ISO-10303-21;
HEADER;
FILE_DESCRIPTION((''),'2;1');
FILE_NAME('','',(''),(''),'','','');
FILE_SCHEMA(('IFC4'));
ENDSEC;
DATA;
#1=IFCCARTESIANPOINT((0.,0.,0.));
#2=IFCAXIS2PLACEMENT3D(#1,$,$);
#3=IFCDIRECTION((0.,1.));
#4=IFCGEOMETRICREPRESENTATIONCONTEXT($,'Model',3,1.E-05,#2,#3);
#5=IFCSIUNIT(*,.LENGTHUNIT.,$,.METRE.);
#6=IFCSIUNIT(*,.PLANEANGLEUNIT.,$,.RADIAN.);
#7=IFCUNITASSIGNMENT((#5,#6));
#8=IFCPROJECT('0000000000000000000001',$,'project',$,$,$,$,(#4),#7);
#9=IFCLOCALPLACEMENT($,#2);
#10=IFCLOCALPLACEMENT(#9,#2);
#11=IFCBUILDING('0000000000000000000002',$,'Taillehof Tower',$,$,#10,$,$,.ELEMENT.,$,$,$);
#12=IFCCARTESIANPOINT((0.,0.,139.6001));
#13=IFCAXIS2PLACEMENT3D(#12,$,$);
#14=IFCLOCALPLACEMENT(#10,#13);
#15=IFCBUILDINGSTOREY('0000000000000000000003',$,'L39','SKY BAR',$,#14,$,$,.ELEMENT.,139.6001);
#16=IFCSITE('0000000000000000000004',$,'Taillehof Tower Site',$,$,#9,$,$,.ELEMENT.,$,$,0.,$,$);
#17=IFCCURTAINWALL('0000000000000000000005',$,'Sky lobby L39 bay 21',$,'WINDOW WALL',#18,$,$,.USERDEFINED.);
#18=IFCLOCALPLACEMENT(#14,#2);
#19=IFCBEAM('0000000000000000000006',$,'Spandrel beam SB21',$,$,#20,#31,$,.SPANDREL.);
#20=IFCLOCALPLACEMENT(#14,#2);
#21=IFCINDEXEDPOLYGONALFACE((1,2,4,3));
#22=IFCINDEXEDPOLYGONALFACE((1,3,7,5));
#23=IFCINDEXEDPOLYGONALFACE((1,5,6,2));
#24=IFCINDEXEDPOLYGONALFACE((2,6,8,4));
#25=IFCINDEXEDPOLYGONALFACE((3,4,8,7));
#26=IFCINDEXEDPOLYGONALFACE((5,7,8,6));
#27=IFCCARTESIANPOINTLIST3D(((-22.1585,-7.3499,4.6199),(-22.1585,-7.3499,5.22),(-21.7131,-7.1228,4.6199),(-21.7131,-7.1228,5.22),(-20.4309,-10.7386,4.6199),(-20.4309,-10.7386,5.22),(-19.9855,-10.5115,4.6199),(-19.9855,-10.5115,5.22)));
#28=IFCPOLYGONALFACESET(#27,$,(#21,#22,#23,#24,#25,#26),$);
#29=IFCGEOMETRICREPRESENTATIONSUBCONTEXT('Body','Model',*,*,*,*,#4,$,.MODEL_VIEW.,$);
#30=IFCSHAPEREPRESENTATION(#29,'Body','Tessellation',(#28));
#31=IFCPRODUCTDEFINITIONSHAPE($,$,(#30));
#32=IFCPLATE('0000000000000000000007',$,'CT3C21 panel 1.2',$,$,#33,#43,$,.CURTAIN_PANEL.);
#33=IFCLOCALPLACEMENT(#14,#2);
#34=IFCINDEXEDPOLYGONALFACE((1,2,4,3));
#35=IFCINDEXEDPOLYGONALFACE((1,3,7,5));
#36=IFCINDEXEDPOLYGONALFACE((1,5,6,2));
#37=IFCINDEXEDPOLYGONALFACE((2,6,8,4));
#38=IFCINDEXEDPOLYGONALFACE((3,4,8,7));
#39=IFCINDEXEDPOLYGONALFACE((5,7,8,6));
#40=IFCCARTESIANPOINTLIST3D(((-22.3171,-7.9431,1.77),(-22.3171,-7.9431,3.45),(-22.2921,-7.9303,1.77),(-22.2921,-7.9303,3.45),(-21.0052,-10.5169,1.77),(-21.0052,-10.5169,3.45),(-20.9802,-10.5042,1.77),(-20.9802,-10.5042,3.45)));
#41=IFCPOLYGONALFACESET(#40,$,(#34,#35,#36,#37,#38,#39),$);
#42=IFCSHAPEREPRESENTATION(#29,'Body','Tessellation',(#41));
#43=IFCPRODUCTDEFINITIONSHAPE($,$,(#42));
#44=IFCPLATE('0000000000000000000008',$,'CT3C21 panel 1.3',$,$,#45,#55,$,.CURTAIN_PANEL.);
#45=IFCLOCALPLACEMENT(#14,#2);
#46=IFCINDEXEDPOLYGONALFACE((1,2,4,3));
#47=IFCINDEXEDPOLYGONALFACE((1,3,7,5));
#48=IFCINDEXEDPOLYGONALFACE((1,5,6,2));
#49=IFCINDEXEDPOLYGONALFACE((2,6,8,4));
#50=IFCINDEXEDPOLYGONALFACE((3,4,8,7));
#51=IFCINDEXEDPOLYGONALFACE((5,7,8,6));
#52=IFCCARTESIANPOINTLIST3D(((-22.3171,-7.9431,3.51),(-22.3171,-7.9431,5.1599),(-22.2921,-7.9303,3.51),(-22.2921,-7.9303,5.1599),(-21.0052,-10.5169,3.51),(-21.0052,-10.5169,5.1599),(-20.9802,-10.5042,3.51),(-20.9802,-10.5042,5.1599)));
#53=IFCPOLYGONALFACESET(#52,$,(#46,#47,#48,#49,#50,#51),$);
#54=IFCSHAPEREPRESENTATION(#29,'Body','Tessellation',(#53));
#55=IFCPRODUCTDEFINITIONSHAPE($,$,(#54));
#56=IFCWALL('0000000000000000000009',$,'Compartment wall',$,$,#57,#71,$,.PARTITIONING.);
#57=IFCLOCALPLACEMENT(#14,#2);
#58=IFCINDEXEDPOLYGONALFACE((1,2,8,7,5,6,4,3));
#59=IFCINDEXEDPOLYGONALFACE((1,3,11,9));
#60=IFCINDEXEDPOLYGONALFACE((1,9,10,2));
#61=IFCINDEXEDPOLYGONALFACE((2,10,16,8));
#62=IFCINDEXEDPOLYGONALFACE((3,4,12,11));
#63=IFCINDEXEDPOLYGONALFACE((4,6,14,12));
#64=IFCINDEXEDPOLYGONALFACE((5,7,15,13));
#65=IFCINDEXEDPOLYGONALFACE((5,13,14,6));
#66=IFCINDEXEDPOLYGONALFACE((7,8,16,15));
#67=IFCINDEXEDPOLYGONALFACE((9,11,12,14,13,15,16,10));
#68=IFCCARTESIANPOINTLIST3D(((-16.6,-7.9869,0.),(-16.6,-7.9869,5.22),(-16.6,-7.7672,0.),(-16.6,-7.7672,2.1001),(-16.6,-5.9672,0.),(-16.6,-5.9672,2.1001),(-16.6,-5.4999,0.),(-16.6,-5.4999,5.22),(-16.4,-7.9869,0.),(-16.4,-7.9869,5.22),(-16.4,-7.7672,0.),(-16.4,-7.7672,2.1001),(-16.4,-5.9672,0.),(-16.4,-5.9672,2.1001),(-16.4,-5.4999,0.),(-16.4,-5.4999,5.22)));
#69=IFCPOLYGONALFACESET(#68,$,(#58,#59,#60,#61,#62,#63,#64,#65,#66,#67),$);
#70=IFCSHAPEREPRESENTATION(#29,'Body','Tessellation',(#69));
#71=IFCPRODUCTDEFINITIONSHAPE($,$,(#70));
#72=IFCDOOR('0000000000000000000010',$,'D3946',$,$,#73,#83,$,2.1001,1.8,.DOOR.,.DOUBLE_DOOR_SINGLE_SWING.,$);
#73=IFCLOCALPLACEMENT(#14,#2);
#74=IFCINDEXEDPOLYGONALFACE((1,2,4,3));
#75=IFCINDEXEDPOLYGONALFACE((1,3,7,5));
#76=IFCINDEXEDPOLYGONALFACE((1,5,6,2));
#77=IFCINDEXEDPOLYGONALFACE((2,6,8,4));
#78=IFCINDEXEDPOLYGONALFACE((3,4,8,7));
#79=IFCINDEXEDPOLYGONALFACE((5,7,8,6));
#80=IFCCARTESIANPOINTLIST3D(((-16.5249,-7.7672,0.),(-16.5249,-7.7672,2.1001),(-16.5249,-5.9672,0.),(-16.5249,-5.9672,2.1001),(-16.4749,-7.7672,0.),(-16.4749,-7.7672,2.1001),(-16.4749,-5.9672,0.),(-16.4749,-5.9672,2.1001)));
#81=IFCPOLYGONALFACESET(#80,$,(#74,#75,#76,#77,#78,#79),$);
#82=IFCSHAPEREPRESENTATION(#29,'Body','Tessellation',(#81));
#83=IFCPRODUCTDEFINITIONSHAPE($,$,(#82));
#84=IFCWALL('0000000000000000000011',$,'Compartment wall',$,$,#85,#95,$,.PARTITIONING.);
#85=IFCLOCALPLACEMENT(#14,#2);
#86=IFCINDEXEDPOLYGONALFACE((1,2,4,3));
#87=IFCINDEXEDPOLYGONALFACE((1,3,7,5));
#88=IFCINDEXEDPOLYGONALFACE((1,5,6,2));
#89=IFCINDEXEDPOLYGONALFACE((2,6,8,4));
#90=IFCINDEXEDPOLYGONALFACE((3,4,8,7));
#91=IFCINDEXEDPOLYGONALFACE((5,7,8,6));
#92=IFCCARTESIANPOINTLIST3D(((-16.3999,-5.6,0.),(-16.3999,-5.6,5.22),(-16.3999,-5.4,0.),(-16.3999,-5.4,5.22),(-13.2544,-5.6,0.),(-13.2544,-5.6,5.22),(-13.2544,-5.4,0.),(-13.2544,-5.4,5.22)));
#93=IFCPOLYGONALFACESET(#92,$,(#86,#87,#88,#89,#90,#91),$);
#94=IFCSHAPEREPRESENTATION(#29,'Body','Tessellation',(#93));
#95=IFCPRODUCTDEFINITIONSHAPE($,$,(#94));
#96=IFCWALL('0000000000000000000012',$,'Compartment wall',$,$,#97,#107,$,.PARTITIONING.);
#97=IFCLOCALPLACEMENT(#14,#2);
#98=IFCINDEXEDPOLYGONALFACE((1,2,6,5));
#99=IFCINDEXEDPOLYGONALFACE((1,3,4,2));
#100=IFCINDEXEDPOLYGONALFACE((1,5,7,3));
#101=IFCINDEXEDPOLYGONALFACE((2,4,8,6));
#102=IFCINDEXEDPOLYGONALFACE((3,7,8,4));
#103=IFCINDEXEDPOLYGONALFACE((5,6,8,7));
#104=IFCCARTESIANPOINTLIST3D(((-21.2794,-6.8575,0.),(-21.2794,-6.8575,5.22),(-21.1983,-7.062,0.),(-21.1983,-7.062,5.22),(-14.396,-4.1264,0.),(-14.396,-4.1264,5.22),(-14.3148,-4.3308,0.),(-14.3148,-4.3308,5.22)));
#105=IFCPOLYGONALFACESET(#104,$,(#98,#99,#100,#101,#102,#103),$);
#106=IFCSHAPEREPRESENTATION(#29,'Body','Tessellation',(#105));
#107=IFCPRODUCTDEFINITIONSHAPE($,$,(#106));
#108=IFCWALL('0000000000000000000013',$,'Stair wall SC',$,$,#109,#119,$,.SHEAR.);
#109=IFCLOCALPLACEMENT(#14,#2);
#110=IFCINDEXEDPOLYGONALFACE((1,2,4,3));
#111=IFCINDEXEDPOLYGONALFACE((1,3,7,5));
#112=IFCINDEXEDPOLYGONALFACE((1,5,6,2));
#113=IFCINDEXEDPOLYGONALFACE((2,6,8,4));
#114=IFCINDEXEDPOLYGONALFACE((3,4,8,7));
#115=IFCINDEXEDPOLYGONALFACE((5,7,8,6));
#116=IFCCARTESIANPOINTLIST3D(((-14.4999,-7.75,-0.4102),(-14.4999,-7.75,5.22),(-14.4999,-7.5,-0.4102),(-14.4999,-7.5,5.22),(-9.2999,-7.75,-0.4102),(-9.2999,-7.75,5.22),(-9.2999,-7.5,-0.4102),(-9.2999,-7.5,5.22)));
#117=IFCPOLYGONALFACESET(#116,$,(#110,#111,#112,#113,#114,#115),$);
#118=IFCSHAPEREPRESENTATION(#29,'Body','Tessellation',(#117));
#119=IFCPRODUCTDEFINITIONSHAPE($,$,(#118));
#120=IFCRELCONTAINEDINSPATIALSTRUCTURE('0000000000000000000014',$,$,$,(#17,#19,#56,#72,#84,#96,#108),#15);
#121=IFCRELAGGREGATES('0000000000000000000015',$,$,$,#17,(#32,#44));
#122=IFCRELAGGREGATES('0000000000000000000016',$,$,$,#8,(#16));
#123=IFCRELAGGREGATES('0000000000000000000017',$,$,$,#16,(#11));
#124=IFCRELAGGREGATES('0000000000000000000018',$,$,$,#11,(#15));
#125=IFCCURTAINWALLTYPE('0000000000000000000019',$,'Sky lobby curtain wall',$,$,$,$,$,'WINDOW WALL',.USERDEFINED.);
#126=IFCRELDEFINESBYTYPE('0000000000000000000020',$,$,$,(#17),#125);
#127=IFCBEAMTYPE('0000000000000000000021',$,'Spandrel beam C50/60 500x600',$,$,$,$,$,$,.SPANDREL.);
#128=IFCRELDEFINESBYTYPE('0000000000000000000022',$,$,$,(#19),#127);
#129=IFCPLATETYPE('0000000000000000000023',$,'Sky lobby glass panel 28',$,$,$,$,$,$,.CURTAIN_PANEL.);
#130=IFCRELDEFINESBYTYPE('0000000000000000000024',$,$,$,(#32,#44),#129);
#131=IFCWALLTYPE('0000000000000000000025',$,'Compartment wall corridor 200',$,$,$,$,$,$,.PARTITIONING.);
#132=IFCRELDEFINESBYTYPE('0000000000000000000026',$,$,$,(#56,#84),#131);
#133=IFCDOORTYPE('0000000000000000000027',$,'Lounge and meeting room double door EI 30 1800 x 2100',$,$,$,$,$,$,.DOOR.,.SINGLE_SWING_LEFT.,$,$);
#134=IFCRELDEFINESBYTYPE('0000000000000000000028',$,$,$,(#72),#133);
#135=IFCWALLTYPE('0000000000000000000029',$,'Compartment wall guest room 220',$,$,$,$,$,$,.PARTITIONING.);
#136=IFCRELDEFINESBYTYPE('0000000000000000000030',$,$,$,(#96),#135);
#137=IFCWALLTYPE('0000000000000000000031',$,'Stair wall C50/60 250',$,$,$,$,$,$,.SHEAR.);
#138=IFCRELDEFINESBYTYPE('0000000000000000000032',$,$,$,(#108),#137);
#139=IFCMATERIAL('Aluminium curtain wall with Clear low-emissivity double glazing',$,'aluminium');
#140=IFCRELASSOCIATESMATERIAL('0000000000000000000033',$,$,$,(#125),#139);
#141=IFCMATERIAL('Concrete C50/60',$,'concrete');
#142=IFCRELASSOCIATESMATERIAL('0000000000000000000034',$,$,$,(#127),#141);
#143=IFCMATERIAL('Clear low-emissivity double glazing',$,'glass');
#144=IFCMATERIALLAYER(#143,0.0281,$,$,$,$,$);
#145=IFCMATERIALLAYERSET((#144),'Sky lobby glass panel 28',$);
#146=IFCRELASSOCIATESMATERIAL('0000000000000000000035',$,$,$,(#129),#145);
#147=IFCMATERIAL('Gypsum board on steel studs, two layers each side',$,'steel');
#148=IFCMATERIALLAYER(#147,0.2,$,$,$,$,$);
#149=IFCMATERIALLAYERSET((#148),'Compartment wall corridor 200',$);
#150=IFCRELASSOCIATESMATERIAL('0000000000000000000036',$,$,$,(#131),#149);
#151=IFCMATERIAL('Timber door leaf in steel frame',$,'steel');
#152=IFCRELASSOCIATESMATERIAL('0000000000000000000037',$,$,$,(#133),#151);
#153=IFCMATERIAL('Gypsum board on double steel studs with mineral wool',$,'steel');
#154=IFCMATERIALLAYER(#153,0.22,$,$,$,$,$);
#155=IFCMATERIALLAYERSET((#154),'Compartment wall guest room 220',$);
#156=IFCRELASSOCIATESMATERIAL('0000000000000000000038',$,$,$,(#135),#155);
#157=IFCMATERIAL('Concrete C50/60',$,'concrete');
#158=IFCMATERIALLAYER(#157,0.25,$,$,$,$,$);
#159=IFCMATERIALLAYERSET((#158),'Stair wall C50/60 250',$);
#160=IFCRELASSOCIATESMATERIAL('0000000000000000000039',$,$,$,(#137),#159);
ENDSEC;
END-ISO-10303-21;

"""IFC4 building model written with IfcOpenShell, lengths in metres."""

from ifc_helpers import new_model, si_unit, direction, frame, frame_2d, origin, origin_2d, place, context, subcontext, project, spatial, rectangle, extrude, material, layer, layer_set, material_profile, profile_set, type_object, element, fill, aggregate, save


model = new_model("IFC4")

# Units and contexts
model_context = context("Model", 3, precision=1e-05, world=origin(), true_north=direction((0.0, 1.0)))
body_context = subcontext(model_context, "Body", "Model", "MODEL_VIEW")
ifc_project = project(units=[si_unit("LENGTHUNIT", "METRE"), si_unit("PLANEANGLEUNIT", "RADIAN")], contexts=[model_context])

# Site, building, storey
site_placement = place(None, origin())
site = spatial("IfcSite", under=ifc_project, at=site_placement, Name="Taillehof Tower Site", CompositionType="ELEMENT", RefElevation=0.0)
building_placement = place(site_placement, origin())
building = spatial("IfcBuilding", under=site, at=building_placement, Name="Taillehof Tower", CompositionType="ELEMENT")
storey_placement = place(building_placement, frame((0.0, 0.0, 139.6001)))
storey = spatial("IfcBuildingStorey", under=building, at=storey_placement, Name="L39", Description="SKY BAR", CompositionType="ELEMENT", Elevation=139.6001)

# Shared definitions
ifc_material_1 = material(Name="Aluminium curtain wall with Clear low-emissivity double glazing", Category="aluminium")
curtain_wall_type = type_object("IfcCurtainWallType", Name="Sky lobby curtain wall", ElementType="WINDOW WALL", PredefinedType="USERDEFINED", material=ifc_material_1)

# Curtain wall
curtain_wall_1_placement = place(storey_placement, origin())
curtain_wall_1 = element("IfcCurtainWall", 1, at=curtain_wall_1_placement, inside=storey, type_object=curtain_wall_type, Name="Sky lobby L39 bay 21", ObjectType="WINDOW WALL", PredefinedType="USERDEFINED")

# Beam
ifc_material_2 = material(Name="Concrete C50/60", Category="concrete")
ifc_material_profile_1 = material_profile(ifc_material_2, rectangle(XDim=0.5, YDim=0.6001, at=origin_2d()), Name="RC 500x600")
ifc_profile_set_1 = profile_set([ifc_material_profile_1], Name="Concrete C50/60")
beam_type_1 = type_object("IfcBeamType", Name="Spandrel beam C50/60 500x600", PredefinedType="SPANDREL", material=ifc_profile_set_1)
beam_1_placement = place(storey_placement, frame((-21.9358, -7.2363, 4.9199), z_axis=(0.454183, -0.890908, 0.0), x_axis=(0.890908, 0.454183, 0.0)))
element("IfcBeam", 2, at=beam_1_placement, inside=storey, type_object=beam_type_1, Name="Spandrel beam SB21", PredefinedType="SPANDREL", context=body_context, shape_type="SweptSolid", body=[
    extrude(rectangle(XDim=0.5, YDim=0.6001, at=origin_2d()), origin(), (0.0, 0.0, 1.0), 3.8037),
])

# Plates
ifc_material_3 = material(Name="Clear low-emissivity double glazing", Category="glass")
ifc_layer_1 = layer(ifc_material_3, 0.0281)
ifc_layer_set_1 = layer_set([ifc_layer_1], Name="Sky lobby glass panel 28")
plate_type = type_object("IfcPlateType", Name="Sky lobby glass panel 28", PredefinedType="CURTAIN_PANEL", material=ifc_layer_set_1)
plate_1_placement = place(storey_placement, frame((-21.6487, -9.2236, 1.77), z_axis=(0.0, 0.0, 1.0), x_axis=(0.454121, -0.89094, 0.0)))
plate_1 = element("IfcPlate", 3, at=plate_1_placement, type_object=plate_type, Name="CT3C21 panel 1.2", PredefinedType="CURTAIN_PANEL", context=body_context, shape_type="SweptSolid", body=[
    extrude(rectangle(XDim=2.8889, YDim=0.0281, at=origin_2d()), origin(), (0.0, 0.0, 1.0), 1.6799),
])
plate_2_placement = place(storey_placement, frame((-21.6487, -9.2236, 3.51), z_axis=(0.0, 0.0, 1.0), x_axis=(0.454121, -0.89094, 0.0)))
plate_2 = element("IfcPlate", 4, at=plate_2_placement, type_object=plate_type, Name="CT3C21 panel 1.3", PredefinedType="CURTAIN_PANEL", context=body_context, shape_type="SweptSolid", body=[
    extrude(rectangle(XDim=2.8889, YDim=0.0281, at=origin_2d()), origin(), (0.0, 0.0, 1.0), 1.6499),
])
aggregate(curtain_wall_1, [plate_1, plate_2])

# Wall, opening, door
ifc_material_4 = material(Name="Gypsum board on steel studs, two layers each side", Category="steel")
ifc_layer_2 = layer(ifc_material_4, 0.2)
ifc_layer_set_2 = layer_set([ifc_layer_2], Name="Compartment wall corridor 200")
wall_type_1 = type_object("IfcWallType", Name="Compartment wall corridor 200", PredefinedType="PARTITIONING", material=ifc_layer_set_2)
wall_1_placement = place(storey_placement, frame((-16.5, -7.9871, 0.0), z_axis=(0.0, 0.0, 1.0), x_axis=(0.0, 1.0, 0.0)))
wall_1 = element("IfcWall", 5, at=wall_1_placement, inside=storey, type_object=wall_type_1, Name="Compartment wall", PredefinedType="PARTITIONING", context=body_context, shape_type="SweptSolid", body=[
    extrude(rectangle(XDim=2.4871, YDim=0.2, at=frame_2d((1.2437, 0.0))), origin(), (0.0, 0.0, 1.0), 5.22),
])
opening_placement = place(wall_1_placement, frame((0.22, 0.0, 0.0)))
opening = element("IfcOpeningElement", 6, at=opening_placement, cuts=wall_1, PredefinedType="OPENING", context=body_context, shape_type="SweptSolid", body=[
    extrude(rectangle(XDim=1.8, YDim=2.1001, at=frame_2d((0.8999, 1.05))), frame((0.0, 0.1099, 0.0), z_axis=(0.0, -1.0, 0.0), x_axis=(1.0, 0.0, 0.0)), (0.0, 0.0, 1.0), 0.22),
])
ifc_material_5 = material(Name="Timber door leaf in steel frame", Category="steel")
door_type = type_object("IfcDoorType", Name="Lounge and meeting room double door EI 30 1800 x 2100", OperationType="SINGLE_SWING_LEFT", PredefinedType="DOOR", material=ifc_material_5)
door_placement = place(opening_placement, origin())
door = element("IfcDoor", 7, at=door_placement, inside=storey, type_object=door_type, Name="D3946", OperationType="DOUBLE_DOOR_SINGLE_SWING", OverallHeight=2.1001, OverallWidth=1.8, PredefinedType="DOOR", context=body_context, shape_type="SweptSolid", body=[
    extrude(rectangle(XDim=1.8, YDim=2.1001, at=frame_2d((0.8999, 1.05))), frame((0.0, 0.0249, 0.0), z_axis=(0.0, -1.0, 0.0), x_axis=(1.0, 0.0, 0.0)), (0.0, 0.0, 1.0), 0.05),
])
fill(opening, door)

# Walls
wall_2_placement = place(storey_placement, frame((-16.3999, -5.5, 0.0), z_axis=(0.0, 0.0, 1.0), x_axis=(1.0, 0.0, 0.0)))
element("IfcWall", 8, at=wall_2_placement, inside=storey, type_object=wall_type_1, Name="Compartment wall", PredefinedType="PARTITIONING", context=body_context, shape_type="SweptSolid", body=[
    extrude(rectangle(XDim=3.1455, YDim=0.2, at=frame_2d((1.5728, 0.0))), origin(), (0.0, 0.0, 1.0), 5.22),
])
ifc_material_6 = material(Name="Gypsum board on double steel studs with mineral wool", Category="steel")
ifc_layer_3 = layer(ifc_material_6, 0.22)
ifc_layer_set_3 = layer_set([ifc_layer_3], Name="Compartment wall guest room 220")
wall_type_2 = type_object("IfcWallType", Name="Compartment wall guest room 220", PredefinedType="PARTITIONING", material=ifc_layer_set_3)
wall_3_placement = place(storey_placement, frame((-21.2388, -6.9597, 0.0), z_axis=(0.0, 0.0, 1.0), x_axis=(0.929508, 0.368803, 0.0)))
element("IfcWall", 9, at=wall_3_placement, inside=storey, type_object=wall_type_2, Name="Compartment wall", PredefinedType="PARTITIONING", context=body_context, shape_type="SweptSolid", body=[
    extrude(rectangle(XDim=7.4055, YDim=0.22, at=frame_2d((3.7026, 0.0))), origin(), (0.0, 0.0, 1.0), 5.22),
])
ifc_material_7 = material(Name="Concrete C50/60", Category="concrete")
ifc_layer_4 = layer(ifc_material_7, 0.25)
ifc_layer_set_4 = layer_set([ifc_layer_4], Name="Stair wall C50/60 250")
wall_type_3 = type_object("IfcWallType", Name="Stair wall C50/60 250", PredefinedType="SHEAR", material=ifc_layer_set_4)
wall_4_placement = place(storey_placement, frame((-14.5, -7.625, -0.4102), z_axis=(0.0, 0.0, 1.0), x_axis=(1.0, 0.0, 0.0)))
element("IfcWall", 10, at=wall_4_placement, inside=storey, type_object=wall_type_3, Name="Stair wall SC", PredefinedType="SHEAR", context=body_context, shape_type="SweptSolid", body=[
    extrude(rectangle(XDim=5.2, YDim=0.25, at=frame_2d((2.6001, 0.0))), origin(), (0.0, 0.0, 1.0), 5.6301),
])

save(model, "model.ifc")
